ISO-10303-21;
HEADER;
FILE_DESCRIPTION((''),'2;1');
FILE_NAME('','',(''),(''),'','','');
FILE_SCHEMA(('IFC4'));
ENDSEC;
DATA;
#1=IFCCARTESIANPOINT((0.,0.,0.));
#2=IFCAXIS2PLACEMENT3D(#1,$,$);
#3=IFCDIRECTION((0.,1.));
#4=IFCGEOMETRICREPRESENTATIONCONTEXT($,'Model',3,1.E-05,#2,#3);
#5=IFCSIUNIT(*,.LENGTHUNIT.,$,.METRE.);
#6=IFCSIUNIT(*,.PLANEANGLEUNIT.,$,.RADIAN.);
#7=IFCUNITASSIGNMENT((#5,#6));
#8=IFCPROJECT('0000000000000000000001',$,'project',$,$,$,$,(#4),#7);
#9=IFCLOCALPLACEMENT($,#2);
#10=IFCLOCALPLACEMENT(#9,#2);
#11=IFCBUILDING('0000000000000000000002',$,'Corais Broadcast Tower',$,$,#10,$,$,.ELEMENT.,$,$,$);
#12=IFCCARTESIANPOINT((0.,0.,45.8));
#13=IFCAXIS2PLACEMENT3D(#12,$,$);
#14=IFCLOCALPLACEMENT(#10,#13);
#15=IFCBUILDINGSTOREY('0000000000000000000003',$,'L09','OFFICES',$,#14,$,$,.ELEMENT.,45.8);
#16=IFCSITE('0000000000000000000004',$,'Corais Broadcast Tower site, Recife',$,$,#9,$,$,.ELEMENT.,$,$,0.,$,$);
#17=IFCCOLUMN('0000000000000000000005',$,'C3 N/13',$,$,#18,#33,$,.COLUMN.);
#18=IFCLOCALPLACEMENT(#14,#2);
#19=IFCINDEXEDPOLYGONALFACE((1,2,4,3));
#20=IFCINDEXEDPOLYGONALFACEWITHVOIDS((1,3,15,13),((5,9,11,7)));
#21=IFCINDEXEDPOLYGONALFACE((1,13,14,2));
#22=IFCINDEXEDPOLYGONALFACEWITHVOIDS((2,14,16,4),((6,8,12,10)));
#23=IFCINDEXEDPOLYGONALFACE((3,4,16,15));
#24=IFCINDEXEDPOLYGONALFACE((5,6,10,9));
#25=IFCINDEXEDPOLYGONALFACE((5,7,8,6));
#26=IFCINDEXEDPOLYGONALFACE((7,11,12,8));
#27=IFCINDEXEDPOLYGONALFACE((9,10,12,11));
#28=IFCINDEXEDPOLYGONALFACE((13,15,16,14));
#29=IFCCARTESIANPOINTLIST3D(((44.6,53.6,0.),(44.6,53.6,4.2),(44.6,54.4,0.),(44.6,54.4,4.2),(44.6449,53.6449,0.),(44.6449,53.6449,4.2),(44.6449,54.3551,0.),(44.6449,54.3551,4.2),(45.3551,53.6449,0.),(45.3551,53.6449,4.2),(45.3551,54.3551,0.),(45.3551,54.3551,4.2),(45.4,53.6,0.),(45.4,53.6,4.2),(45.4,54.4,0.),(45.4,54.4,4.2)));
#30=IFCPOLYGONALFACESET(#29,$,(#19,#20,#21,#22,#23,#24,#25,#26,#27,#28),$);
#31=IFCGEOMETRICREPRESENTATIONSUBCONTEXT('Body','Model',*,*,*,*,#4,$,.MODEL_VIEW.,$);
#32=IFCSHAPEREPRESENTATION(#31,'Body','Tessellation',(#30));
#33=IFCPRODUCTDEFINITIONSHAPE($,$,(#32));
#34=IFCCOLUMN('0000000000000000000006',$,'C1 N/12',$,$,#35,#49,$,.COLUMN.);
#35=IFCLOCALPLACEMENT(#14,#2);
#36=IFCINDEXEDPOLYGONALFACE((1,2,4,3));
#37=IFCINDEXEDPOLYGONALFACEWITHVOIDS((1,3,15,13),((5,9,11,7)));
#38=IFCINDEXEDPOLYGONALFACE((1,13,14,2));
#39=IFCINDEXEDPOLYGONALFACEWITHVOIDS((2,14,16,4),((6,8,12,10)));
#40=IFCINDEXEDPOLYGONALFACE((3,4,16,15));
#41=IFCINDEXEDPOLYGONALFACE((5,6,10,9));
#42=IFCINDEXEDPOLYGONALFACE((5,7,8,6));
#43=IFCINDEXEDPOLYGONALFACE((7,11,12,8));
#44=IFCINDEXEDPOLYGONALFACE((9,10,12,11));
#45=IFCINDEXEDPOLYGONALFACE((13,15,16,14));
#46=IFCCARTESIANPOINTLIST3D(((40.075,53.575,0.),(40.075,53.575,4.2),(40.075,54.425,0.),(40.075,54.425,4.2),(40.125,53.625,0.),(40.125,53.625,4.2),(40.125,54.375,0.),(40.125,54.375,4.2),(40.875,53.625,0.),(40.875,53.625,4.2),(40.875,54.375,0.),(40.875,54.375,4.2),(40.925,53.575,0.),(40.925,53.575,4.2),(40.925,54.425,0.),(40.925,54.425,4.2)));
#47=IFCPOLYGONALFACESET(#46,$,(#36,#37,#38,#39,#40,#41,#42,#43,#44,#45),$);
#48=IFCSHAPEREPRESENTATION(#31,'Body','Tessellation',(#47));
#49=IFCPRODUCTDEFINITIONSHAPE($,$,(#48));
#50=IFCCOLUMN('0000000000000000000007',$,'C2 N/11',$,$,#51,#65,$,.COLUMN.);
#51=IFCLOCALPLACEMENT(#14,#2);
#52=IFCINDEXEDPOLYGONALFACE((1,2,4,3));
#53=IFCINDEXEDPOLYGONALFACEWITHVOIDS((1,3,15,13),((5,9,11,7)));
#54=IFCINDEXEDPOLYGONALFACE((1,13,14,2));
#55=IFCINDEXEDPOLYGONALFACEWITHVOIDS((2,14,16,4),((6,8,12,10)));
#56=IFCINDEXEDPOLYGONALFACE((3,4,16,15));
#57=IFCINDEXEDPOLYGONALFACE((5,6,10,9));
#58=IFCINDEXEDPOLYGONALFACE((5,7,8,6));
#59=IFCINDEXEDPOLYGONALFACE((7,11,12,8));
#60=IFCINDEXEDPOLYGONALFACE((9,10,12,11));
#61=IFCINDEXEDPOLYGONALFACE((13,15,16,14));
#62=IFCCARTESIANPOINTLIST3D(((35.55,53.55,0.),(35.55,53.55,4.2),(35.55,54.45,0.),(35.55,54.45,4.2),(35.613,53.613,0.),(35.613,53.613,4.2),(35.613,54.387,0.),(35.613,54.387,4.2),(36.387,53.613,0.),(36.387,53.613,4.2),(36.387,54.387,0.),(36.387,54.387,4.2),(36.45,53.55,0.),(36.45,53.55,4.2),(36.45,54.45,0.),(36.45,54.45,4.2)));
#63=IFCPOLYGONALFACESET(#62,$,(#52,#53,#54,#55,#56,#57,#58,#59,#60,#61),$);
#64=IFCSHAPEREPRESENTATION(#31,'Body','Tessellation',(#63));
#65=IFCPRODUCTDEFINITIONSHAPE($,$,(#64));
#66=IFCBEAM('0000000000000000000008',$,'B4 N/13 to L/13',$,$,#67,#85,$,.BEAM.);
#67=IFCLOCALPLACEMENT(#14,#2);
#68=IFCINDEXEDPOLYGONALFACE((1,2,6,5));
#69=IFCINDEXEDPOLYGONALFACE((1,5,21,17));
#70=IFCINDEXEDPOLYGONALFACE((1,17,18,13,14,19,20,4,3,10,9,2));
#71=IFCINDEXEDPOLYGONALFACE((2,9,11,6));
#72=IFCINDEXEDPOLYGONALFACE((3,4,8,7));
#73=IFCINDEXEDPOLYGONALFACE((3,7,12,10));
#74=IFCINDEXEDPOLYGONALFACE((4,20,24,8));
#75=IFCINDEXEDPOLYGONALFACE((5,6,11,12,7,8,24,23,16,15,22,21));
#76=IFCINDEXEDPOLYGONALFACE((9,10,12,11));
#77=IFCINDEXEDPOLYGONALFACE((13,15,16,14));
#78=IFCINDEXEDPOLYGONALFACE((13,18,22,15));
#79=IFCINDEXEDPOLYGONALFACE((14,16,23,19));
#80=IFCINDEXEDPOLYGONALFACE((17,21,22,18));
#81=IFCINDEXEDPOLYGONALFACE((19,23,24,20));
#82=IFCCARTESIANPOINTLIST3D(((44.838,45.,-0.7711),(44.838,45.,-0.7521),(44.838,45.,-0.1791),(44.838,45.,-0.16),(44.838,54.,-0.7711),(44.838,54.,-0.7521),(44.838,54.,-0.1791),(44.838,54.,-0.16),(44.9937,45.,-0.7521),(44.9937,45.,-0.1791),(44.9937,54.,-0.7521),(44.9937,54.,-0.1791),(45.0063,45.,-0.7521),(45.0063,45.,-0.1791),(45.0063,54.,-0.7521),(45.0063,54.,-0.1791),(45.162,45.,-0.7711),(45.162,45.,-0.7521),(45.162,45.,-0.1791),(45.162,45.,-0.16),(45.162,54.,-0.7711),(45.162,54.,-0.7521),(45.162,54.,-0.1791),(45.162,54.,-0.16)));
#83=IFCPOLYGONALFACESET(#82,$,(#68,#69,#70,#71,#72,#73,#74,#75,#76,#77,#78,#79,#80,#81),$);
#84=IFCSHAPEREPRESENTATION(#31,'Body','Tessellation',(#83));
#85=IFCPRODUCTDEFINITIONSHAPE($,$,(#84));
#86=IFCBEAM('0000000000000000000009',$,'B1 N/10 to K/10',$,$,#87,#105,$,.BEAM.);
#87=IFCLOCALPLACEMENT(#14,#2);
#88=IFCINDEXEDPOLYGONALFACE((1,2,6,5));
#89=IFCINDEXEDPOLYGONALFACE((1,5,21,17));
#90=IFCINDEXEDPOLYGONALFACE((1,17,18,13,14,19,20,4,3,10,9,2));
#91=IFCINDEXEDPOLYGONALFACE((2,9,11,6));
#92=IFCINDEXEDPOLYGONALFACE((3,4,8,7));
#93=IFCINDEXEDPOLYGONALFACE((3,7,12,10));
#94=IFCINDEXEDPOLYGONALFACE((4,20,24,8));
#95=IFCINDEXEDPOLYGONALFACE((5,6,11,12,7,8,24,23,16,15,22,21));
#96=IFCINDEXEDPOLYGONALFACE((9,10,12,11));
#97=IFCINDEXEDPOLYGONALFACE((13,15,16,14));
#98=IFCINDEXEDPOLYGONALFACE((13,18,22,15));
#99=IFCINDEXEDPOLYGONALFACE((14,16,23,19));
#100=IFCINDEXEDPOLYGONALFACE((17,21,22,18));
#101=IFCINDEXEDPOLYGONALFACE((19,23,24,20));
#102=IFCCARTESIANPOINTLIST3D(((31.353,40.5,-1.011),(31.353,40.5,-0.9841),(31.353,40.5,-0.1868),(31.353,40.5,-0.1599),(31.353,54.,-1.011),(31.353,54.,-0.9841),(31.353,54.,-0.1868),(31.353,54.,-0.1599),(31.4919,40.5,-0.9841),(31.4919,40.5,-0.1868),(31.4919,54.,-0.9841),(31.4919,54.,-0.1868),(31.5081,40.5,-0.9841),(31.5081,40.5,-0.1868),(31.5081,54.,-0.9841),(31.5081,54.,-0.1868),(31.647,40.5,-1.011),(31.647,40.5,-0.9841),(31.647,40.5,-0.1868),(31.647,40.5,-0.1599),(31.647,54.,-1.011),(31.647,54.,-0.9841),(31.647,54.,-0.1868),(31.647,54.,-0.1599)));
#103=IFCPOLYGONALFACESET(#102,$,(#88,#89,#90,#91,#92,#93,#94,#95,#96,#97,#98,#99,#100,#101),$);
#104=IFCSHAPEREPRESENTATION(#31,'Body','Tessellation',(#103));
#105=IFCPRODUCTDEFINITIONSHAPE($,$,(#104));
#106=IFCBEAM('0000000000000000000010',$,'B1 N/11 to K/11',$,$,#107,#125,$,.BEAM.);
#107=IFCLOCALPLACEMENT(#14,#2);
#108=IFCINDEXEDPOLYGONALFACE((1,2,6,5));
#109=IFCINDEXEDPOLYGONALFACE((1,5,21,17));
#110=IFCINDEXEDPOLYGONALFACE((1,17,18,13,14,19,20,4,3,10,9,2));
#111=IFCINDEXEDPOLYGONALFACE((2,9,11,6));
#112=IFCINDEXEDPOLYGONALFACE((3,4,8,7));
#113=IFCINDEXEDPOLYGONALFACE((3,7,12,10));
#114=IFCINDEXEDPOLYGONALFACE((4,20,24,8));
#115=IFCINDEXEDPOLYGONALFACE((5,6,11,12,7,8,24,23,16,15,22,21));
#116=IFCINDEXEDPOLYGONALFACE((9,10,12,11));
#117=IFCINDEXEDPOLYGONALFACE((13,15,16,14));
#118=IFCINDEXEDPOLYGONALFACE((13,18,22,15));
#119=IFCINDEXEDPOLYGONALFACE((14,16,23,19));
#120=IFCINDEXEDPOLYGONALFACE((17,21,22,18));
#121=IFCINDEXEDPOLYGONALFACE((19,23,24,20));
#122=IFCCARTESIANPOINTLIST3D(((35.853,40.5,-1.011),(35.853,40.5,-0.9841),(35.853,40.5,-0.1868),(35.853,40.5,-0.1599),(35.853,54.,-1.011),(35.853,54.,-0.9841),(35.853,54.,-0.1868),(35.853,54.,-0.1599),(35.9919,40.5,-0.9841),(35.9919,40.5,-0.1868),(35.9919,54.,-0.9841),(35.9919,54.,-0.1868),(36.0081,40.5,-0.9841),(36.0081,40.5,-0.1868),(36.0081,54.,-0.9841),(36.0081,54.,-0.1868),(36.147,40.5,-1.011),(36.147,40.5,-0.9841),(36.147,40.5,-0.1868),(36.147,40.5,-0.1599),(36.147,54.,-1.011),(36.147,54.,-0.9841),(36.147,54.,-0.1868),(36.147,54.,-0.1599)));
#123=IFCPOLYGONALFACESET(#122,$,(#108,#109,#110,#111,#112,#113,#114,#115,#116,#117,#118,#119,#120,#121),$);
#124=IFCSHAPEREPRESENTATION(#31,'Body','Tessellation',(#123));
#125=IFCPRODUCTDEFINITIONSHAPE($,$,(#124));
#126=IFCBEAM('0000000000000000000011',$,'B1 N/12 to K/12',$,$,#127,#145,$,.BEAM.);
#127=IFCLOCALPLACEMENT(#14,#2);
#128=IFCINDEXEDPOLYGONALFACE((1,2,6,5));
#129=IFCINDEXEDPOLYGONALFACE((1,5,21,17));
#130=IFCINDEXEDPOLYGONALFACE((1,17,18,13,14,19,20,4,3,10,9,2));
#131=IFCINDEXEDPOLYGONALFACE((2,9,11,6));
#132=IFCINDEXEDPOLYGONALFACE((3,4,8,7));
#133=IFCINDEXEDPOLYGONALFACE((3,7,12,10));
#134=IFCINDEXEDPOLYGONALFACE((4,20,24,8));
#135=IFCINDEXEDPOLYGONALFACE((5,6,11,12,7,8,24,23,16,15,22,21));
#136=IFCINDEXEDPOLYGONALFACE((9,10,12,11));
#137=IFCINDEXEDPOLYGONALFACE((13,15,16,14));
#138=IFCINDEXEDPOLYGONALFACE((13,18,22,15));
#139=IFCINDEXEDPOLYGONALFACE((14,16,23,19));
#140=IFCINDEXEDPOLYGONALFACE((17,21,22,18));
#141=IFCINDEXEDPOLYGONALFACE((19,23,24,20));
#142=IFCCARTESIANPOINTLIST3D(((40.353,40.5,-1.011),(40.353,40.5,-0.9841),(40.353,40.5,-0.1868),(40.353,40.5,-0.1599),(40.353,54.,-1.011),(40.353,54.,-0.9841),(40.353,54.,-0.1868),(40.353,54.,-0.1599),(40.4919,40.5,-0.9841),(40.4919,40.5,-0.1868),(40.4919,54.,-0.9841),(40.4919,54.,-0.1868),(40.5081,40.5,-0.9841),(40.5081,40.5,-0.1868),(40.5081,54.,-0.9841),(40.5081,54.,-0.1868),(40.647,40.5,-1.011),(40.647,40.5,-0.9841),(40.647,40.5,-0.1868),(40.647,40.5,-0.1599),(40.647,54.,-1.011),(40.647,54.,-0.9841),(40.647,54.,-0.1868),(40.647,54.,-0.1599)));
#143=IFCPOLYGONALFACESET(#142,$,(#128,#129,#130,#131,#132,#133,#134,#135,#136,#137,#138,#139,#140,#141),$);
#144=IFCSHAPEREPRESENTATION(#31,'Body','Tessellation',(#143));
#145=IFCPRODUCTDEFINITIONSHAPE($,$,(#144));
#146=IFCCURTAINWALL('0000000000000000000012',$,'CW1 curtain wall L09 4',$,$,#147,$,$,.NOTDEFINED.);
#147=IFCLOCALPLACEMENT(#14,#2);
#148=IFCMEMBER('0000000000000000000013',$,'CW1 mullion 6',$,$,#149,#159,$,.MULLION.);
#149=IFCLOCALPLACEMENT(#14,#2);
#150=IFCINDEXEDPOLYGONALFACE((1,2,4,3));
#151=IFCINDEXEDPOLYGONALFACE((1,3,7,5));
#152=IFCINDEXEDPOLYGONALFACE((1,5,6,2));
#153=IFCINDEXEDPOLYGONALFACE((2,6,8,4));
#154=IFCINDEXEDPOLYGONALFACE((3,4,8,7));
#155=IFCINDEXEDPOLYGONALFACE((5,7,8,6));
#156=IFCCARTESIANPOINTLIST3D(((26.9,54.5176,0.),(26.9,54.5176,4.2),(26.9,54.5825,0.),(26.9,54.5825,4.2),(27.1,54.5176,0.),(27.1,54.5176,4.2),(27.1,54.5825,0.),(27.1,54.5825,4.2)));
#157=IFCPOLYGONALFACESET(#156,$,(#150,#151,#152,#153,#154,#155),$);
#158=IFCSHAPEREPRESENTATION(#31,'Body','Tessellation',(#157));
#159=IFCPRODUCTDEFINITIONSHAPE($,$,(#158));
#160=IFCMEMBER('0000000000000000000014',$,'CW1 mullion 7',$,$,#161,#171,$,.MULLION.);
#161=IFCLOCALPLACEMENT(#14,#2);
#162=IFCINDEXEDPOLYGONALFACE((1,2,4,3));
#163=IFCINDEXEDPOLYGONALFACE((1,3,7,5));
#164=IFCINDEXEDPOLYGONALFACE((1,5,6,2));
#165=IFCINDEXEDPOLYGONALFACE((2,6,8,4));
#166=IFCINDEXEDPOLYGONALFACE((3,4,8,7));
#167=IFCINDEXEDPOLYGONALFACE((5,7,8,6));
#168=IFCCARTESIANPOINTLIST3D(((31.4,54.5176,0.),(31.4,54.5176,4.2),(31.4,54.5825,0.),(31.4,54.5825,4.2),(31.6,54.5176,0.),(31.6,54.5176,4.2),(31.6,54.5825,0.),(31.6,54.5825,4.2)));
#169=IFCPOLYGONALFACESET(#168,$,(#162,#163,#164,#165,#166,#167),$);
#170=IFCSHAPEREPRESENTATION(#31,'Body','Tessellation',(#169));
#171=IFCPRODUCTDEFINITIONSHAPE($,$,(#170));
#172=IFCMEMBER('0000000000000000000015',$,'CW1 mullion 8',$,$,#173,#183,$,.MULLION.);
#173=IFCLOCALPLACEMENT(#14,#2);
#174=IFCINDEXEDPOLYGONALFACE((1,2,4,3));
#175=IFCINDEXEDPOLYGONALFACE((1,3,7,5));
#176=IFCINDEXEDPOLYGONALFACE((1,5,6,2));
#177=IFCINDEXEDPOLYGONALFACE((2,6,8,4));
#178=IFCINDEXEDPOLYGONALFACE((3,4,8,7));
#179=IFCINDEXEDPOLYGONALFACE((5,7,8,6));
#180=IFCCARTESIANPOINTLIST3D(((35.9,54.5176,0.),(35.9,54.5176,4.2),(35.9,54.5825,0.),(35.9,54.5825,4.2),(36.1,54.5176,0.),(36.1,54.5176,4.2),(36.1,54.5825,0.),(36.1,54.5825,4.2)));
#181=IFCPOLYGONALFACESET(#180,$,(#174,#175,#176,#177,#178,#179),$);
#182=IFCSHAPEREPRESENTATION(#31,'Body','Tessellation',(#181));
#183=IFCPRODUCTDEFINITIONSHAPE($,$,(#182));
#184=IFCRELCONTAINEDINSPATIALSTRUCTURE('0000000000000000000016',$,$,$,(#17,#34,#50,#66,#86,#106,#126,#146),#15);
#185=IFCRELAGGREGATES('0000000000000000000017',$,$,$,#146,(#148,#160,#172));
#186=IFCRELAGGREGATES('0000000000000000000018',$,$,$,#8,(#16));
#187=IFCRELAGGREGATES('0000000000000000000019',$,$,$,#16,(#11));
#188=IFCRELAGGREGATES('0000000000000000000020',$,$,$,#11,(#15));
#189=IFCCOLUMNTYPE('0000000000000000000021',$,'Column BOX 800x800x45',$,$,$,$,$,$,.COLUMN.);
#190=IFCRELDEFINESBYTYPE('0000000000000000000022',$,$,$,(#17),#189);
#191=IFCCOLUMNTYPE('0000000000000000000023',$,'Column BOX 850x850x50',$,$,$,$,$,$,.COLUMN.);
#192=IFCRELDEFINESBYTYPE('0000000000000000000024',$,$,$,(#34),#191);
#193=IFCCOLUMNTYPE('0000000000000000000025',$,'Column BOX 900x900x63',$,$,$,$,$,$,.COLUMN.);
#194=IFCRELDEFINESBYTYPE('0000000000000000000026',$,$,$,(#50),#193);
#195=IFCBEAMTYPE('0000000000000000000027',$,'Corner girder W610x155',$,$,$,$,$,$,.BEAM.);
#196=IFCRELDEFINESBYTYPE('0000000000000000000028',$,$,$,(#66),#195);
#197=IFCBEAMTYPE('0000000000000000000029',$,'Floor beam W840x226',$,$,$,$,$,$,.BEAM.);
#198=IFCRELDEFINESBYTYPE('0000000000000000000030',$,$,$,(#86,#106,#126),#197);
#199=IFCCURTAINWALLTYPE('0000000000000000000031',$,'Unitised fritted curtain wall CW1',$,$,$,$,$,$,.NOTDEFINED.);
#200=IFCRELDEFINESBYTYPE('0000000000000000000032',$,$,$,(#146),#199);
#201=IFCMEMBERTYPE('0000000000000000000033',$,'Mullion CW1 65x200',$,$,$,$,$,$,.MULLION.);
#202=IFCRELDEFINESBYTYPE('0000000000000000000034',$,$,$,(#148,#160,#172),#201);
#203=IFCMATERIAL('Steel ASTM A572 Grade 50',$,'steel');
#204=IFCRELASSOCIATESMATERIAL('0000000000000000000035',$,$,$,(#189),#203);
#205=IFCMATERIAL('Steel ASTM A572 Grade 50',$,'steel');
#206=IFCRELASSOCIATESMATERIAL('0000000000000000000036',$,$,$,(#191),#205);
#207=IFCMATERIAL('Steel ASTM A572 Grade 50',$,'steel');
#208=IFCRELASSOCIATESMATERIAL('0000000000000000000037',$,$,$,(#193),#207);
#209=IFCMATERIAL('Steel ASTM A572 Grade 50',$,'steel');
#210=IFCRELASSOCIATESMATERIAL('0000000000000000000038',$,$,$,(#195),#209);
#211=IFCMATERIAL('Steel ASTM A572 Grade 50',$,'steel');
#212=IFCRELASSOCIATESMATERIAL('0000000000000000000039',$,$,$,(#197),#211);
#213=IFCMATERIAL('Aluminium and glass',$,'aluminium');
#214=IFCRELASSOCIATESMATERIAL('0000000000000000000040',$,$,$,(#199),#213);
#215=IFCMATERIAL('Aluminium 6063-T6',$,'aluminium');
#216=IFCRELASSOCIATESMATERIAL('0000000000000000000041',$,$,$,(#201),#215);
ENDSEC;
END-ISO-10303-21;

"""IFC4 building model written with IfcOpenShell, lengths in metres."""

from ifc_helpers import new_model, si_unit, direction, frame, origin, origin_2d, place, context, subcontext, project, spatial, rectangle, hollow_rectangle, i_section, extrude, material, material_profile, profile_set, type_object, element, aggregate, save


model = new_model("IFC4")

# Units and contexts
model_context = context("Model", 3, precision=1e-05, world=origin(), true_north=direction((0.0, 1.0)))
body_context = subcontext(model_context, "Body", "Model", "MODEL_VIEW")
ifc_project = project(units=[si_unit("LENGTHUNIT", "METRE"), si_unit("PLANEANGLEUNIT", "RADIAN")], contexts=[model_context])

# Site, building, storey
site_placement = place(None, origin())
site = spatial("IfcSite", under=ifc_project, at=site_placement, Name="Corais Broadcast Tower site, Recife", CompositionType="ELEMENT", RefElevation=0.0)
building_placement = place(site_placement, origin())
building = spatial("IfcBuilding", under=site, at=building_placement, Name="Corais Broadcast Tower", CompositionType="ELEMENT")
storey_placement = place(building_placement, frame((0.0, 0.0, 45.8)))
storey = spatial("IfcBuildingStorey", under=building, at=storey_placement, Name="L09", Description="OFFICES", CompositionType="ELEMENT", Elevation=45.8)

# Columns
ifc_material_1 = material(Name="Steel ASTM A572 Grade 50", Category="steel")
ifc_material_profile_1 = material_profile(ifc_material_1, hollow_rectangle(XDim=0.8, YDim=0.8, WallThickness=0.0449, at=origin_2d()), Name="BOX 800x800x45")
ifc_profile_set_1 = profile_set([ifc_material_profile_1], Name="Steel ASTM A572 Grade 50")
column_type_1 = type_object("IfcColumnType", Name="Column BOX 800x800x45", PredefinedType="COLUMN", material=ifc_profile_set_1)
column_1_placement = place(storey_placement, frame((45.0, 54.0, 0.0), z_axis=(0.0, 0.0, 1.0), x_axis=(1.0, 0.0, 0.0)))
element("IfcColumn", 1, at=column_1_placement, inside=storey, type_object=column_type_1, Name="C3 N/13", PredefinedType="COLUMN", context=body_context, shape_type="SweptSolid", body=[
    extrude(hollow_rectangle(XDim=0.8, YDim=0.8, WallThickness=0.0449, at=origin_2d()), origin(), (0.0, 0.0, 1.0), 4.2),
])
ifc_material_2 = material(Name="Steel ASTM A572 Grade 50", Category="steel")
ifc_material_profile_2 = material_profile(ifc_material_2, hollow_rectangle(XDim=0.8501, YDim=0.8501, WallThickness=0.05, at=origin_2d()), Name="BOX 850x850x50")
ifc_profile_set_2 = profile_set([ifc_material_profile_2], Name="Steel ASTM A572 Grade 50")
column_type_2 = type_object("IfcColumnType", Name="Column BOX 850x850x50", PredefinedType="COLUMN", material=ifc_profile_set_2)
column_2_placement = place(storey_placement, frame((40.5, 54.0, 0.0), z_axis=(0.0, 0.0, 1.0), x_axis=(1.0, 0.0, 0.0)))
element("IfcColumn", 2, at=column_2_placement, inside=storey, type_object=column_type_2, Name="C1 N/12", PredefinedType="COLUMN", context=body_context, shape_type="SweptSolid", body=[
    extrude(hollow_rectangle(XDim=0.8501, YDim=0.8501, WallThickness=0.05, at=origin_2d()), origin(), (0.0, 0.0, 1.0), 4.2),
])
ifc_material_3 = material(Name="Steel ASTM A572 Grade 50", Category="steel")
ifc_material_profile_3 = material_profile(ifc_material_3, hollow_rectangle(XDim=0.8999, YDim=0.8999, WallThickness=0.063, at=origin_2d()), Name="BOX 900x900x63")
ifc_profile_set_3 = profile_set([ifc_material_profile_3], Name="Steel ASTM A572 Grade 50")
column_type_3 = type_object("IfcColumnType", Name="Column BOX 900x900x63", PredefinedType="COLUMN", material=ifc_profile_set_3)
column_3_placement = place(storey_placement, frame((36.0, 54.0, 0.0), z_axis=(0.0, 0.0, 1.0), x_axis=(1.0, 0.0, 0.0)))
element("IfcColumn", 3, at=column_3_placement, inside=storey, type_object=column_type_3, Name="C2 N/11", PredefinedType="COLUMN", context=body_context, shape_type="SweptSolid", body=[
    extrude(hollow_rectangle(XDim=0.8999, YDim=0.8999, WallThickness=0.063, at=origin_2d()), origin(), (0.0, 0.0, 1.0), 4.2),
])

# Beams
ifc_material_4 = material(Name="Steel ASTM A572 Grade 50", Category="steel")
ifc_material_profile_4 = material_profile(ifc_material_4, i_section(OverallWidth=0.324, OverallDepth=0.6111, WebThickness=0.0127, FlangeThickness=0.019, at=origin_2d()), Name="W610x155")
ifc_profile_set_4 = profile_set([ifc_material_profile_4], Name="Steel ASTM A572 Grade 50")
beam_type_1 = type_object("IfcBeamType", Name="Corner girder W610x155", PredefinedType="BEAM", material=ifc_profile_set_4)
beam_1_placement = place(storey_placement, frame((45.0, 54.0, -0.4656), z_axis=(0.0, -1.0, 0.0), x_axis=(1.0, 0.0, 0.0)))
element("IfcBeam", 4, at=beam_1_placement, inside=storey, type_object=beam_type_1, Name="B4 N/13 to L/13", PredefinedType="BEAM", context=body_context, shape_type="SweptSolid", body=[
    extrude(i_section(OverallWidth=0.324, OverallDepth=0.6111, WebThickness=0.0127, FlangeThickness=0.019, at=origin_2d()), origin(), (0.0, 0.0, 1.0), 9.0),
])
ifc_material_5 = material(Name="Steel ASTM A572 Grade 50", Category="steel")
ifc_material_profile_5 = material_profile(ifc_material_5, i_section(OverallWidth=0.2939, OverallDepth=0.8511, WebThickness=0.0161, FlangeThickness=0.0269, at=origin_2d()), Name="W840x226")
ifc_profile_set_5 = profile_set([ifc_material_profile_5], Name="Steel ASTM A572 Grade 50")
beam_type_2 = type_object("IfcBeamType", Name="Floor beam W840x226", PredefinedType="BEAM", material=ifc_profile_set_5)
for number, where, z_axis, x_axis, name in (
    (5, (31.5, 54.0, -0.5854), (0.0, -1.0, 0.0), (1.0, 0.0, 0.0), "B1 N/10 to K/10"),
    (6, (36.0, 54.0, -0.5854), (0.0, -1.0, 0.0), (1.0, 0.0, 0.0), "B1 N/11 to K/11"),
    (7, (40.5, 54.0, -0.5854), (0.0, -1.0, 0.0), (1.0, 0.0, 0.0), "B1 N/12 to K/12"),
):
    element("IfcBeam", number, at=place(storey_placement, frame(where, z_axis=z_axis, x_axis=x_axis)), inside=storey, type_object=beam_type_2, Name=name, PredefinedType="BEAM", context=body_context, shape_type="SweptSolid", body=[
        extrude(i_section(OverallWidth=0.2939, OverallDepth=0.8511, WebThickness=0.0161, FlangeThickness=0.0269, at=origin_2d()), origin(), (0.0, 0.0, 1.0), 13.5),
    ])

# Curtain wall, members
ifc_material_6 = material(Name="Aluminium and glass", Category="aluminium")
curtain_wall_type = type_object("IfcCurtainWallType", Name="Unitised fritted curtain wall CW1", PredefinedType="NOTDEFINED", material=ifc_material_6)
curtain_wall_placement = place(storey_placement, origin())
curtain_wall = element("IfcCurtainWall", 8, at=curtain_wall_placement, inside=storey, type_object=curtain_wall_type, Name="CW1 curtain wall L09 4", PredefinedType="NOTDEFINED")
ifc_material_7 = material(Name="Aluminium 6063-T6", Category="aluminium")
ifc_material_profile_6 = material_profile(ifc_material_7, rectangle(XDim=0.0649, YDim=0.2, at=origin_2d()), Name="Mullion CW1 65x200")
ifc_profile_set_6 = profile_set([ifc_material_profile_6], Name="Aluminium 6063-T6")
member_type_1 = type_object("IfcMemberType", Name="Mullion CW1 65x200", PredefinedType="MULLION", material=ifc_profile_set_6)
member_1_placement = place(storey_placement, frame((27.0, 54.55, 0.0), z_axis=(0.0, 0.0, 1.0), x_axis=(0.0, 1.0, 0.0)))
member_1 = element("IfcMember", 9, at=member_1_placement, type_object=member_type_1, Name="CW1 mullion 6", PredefinedType="MULLION", context=body_context, shape_type="SweptSolid", body=[
    extrude(rectangle(XDim=0.0649, YDim=0.2, at=origin_2d()), origin(), (0.0, 0.0, 1.0), 4.2),
])
member_2_placement = place(storey_placement, frame((31.5, 54.55, 0.0), z_axis=(0.0, 0.0, 1.0), x_axis=(0.0, 1.0, 0.0)))
member_2 = element("IfcMember", 10, at=member_2_placement, type_object=member_type_1, Name="CW1 mullion 7", PredefinedType="MULLION", context=body_context, shape_type="SweptSolid", body=[
    extrude(rectangle(XDim=0.0649, YDim=0.2, at=origin_2d()), origin(), (0.0, 0.0, 1.0), 4.2),
])
member_3_placement = place(storey_placement, frame((36.0, 54.55, 0.0), z_axis=(0.0, 0.0, 1.0), x_axis=(0.0, 1.0, 0.0)))
member_3 = element("IfcMember", 11, at=member_3_placement, type_object=member_type_1, Name="CW1 mullion 8", PredefinedType="MULLION", context=body_context, shape_type="SweptSolid", body=[
    extrude(rectangle(XDim=0.0649, YDim=0.2, at=origin_2d()), origin(), (0.0, 0.0, 1.0), 4.2),
])

aggregate(curtain_wall, [member_1, member_2, member_3])

save(model, "model.ifc")
